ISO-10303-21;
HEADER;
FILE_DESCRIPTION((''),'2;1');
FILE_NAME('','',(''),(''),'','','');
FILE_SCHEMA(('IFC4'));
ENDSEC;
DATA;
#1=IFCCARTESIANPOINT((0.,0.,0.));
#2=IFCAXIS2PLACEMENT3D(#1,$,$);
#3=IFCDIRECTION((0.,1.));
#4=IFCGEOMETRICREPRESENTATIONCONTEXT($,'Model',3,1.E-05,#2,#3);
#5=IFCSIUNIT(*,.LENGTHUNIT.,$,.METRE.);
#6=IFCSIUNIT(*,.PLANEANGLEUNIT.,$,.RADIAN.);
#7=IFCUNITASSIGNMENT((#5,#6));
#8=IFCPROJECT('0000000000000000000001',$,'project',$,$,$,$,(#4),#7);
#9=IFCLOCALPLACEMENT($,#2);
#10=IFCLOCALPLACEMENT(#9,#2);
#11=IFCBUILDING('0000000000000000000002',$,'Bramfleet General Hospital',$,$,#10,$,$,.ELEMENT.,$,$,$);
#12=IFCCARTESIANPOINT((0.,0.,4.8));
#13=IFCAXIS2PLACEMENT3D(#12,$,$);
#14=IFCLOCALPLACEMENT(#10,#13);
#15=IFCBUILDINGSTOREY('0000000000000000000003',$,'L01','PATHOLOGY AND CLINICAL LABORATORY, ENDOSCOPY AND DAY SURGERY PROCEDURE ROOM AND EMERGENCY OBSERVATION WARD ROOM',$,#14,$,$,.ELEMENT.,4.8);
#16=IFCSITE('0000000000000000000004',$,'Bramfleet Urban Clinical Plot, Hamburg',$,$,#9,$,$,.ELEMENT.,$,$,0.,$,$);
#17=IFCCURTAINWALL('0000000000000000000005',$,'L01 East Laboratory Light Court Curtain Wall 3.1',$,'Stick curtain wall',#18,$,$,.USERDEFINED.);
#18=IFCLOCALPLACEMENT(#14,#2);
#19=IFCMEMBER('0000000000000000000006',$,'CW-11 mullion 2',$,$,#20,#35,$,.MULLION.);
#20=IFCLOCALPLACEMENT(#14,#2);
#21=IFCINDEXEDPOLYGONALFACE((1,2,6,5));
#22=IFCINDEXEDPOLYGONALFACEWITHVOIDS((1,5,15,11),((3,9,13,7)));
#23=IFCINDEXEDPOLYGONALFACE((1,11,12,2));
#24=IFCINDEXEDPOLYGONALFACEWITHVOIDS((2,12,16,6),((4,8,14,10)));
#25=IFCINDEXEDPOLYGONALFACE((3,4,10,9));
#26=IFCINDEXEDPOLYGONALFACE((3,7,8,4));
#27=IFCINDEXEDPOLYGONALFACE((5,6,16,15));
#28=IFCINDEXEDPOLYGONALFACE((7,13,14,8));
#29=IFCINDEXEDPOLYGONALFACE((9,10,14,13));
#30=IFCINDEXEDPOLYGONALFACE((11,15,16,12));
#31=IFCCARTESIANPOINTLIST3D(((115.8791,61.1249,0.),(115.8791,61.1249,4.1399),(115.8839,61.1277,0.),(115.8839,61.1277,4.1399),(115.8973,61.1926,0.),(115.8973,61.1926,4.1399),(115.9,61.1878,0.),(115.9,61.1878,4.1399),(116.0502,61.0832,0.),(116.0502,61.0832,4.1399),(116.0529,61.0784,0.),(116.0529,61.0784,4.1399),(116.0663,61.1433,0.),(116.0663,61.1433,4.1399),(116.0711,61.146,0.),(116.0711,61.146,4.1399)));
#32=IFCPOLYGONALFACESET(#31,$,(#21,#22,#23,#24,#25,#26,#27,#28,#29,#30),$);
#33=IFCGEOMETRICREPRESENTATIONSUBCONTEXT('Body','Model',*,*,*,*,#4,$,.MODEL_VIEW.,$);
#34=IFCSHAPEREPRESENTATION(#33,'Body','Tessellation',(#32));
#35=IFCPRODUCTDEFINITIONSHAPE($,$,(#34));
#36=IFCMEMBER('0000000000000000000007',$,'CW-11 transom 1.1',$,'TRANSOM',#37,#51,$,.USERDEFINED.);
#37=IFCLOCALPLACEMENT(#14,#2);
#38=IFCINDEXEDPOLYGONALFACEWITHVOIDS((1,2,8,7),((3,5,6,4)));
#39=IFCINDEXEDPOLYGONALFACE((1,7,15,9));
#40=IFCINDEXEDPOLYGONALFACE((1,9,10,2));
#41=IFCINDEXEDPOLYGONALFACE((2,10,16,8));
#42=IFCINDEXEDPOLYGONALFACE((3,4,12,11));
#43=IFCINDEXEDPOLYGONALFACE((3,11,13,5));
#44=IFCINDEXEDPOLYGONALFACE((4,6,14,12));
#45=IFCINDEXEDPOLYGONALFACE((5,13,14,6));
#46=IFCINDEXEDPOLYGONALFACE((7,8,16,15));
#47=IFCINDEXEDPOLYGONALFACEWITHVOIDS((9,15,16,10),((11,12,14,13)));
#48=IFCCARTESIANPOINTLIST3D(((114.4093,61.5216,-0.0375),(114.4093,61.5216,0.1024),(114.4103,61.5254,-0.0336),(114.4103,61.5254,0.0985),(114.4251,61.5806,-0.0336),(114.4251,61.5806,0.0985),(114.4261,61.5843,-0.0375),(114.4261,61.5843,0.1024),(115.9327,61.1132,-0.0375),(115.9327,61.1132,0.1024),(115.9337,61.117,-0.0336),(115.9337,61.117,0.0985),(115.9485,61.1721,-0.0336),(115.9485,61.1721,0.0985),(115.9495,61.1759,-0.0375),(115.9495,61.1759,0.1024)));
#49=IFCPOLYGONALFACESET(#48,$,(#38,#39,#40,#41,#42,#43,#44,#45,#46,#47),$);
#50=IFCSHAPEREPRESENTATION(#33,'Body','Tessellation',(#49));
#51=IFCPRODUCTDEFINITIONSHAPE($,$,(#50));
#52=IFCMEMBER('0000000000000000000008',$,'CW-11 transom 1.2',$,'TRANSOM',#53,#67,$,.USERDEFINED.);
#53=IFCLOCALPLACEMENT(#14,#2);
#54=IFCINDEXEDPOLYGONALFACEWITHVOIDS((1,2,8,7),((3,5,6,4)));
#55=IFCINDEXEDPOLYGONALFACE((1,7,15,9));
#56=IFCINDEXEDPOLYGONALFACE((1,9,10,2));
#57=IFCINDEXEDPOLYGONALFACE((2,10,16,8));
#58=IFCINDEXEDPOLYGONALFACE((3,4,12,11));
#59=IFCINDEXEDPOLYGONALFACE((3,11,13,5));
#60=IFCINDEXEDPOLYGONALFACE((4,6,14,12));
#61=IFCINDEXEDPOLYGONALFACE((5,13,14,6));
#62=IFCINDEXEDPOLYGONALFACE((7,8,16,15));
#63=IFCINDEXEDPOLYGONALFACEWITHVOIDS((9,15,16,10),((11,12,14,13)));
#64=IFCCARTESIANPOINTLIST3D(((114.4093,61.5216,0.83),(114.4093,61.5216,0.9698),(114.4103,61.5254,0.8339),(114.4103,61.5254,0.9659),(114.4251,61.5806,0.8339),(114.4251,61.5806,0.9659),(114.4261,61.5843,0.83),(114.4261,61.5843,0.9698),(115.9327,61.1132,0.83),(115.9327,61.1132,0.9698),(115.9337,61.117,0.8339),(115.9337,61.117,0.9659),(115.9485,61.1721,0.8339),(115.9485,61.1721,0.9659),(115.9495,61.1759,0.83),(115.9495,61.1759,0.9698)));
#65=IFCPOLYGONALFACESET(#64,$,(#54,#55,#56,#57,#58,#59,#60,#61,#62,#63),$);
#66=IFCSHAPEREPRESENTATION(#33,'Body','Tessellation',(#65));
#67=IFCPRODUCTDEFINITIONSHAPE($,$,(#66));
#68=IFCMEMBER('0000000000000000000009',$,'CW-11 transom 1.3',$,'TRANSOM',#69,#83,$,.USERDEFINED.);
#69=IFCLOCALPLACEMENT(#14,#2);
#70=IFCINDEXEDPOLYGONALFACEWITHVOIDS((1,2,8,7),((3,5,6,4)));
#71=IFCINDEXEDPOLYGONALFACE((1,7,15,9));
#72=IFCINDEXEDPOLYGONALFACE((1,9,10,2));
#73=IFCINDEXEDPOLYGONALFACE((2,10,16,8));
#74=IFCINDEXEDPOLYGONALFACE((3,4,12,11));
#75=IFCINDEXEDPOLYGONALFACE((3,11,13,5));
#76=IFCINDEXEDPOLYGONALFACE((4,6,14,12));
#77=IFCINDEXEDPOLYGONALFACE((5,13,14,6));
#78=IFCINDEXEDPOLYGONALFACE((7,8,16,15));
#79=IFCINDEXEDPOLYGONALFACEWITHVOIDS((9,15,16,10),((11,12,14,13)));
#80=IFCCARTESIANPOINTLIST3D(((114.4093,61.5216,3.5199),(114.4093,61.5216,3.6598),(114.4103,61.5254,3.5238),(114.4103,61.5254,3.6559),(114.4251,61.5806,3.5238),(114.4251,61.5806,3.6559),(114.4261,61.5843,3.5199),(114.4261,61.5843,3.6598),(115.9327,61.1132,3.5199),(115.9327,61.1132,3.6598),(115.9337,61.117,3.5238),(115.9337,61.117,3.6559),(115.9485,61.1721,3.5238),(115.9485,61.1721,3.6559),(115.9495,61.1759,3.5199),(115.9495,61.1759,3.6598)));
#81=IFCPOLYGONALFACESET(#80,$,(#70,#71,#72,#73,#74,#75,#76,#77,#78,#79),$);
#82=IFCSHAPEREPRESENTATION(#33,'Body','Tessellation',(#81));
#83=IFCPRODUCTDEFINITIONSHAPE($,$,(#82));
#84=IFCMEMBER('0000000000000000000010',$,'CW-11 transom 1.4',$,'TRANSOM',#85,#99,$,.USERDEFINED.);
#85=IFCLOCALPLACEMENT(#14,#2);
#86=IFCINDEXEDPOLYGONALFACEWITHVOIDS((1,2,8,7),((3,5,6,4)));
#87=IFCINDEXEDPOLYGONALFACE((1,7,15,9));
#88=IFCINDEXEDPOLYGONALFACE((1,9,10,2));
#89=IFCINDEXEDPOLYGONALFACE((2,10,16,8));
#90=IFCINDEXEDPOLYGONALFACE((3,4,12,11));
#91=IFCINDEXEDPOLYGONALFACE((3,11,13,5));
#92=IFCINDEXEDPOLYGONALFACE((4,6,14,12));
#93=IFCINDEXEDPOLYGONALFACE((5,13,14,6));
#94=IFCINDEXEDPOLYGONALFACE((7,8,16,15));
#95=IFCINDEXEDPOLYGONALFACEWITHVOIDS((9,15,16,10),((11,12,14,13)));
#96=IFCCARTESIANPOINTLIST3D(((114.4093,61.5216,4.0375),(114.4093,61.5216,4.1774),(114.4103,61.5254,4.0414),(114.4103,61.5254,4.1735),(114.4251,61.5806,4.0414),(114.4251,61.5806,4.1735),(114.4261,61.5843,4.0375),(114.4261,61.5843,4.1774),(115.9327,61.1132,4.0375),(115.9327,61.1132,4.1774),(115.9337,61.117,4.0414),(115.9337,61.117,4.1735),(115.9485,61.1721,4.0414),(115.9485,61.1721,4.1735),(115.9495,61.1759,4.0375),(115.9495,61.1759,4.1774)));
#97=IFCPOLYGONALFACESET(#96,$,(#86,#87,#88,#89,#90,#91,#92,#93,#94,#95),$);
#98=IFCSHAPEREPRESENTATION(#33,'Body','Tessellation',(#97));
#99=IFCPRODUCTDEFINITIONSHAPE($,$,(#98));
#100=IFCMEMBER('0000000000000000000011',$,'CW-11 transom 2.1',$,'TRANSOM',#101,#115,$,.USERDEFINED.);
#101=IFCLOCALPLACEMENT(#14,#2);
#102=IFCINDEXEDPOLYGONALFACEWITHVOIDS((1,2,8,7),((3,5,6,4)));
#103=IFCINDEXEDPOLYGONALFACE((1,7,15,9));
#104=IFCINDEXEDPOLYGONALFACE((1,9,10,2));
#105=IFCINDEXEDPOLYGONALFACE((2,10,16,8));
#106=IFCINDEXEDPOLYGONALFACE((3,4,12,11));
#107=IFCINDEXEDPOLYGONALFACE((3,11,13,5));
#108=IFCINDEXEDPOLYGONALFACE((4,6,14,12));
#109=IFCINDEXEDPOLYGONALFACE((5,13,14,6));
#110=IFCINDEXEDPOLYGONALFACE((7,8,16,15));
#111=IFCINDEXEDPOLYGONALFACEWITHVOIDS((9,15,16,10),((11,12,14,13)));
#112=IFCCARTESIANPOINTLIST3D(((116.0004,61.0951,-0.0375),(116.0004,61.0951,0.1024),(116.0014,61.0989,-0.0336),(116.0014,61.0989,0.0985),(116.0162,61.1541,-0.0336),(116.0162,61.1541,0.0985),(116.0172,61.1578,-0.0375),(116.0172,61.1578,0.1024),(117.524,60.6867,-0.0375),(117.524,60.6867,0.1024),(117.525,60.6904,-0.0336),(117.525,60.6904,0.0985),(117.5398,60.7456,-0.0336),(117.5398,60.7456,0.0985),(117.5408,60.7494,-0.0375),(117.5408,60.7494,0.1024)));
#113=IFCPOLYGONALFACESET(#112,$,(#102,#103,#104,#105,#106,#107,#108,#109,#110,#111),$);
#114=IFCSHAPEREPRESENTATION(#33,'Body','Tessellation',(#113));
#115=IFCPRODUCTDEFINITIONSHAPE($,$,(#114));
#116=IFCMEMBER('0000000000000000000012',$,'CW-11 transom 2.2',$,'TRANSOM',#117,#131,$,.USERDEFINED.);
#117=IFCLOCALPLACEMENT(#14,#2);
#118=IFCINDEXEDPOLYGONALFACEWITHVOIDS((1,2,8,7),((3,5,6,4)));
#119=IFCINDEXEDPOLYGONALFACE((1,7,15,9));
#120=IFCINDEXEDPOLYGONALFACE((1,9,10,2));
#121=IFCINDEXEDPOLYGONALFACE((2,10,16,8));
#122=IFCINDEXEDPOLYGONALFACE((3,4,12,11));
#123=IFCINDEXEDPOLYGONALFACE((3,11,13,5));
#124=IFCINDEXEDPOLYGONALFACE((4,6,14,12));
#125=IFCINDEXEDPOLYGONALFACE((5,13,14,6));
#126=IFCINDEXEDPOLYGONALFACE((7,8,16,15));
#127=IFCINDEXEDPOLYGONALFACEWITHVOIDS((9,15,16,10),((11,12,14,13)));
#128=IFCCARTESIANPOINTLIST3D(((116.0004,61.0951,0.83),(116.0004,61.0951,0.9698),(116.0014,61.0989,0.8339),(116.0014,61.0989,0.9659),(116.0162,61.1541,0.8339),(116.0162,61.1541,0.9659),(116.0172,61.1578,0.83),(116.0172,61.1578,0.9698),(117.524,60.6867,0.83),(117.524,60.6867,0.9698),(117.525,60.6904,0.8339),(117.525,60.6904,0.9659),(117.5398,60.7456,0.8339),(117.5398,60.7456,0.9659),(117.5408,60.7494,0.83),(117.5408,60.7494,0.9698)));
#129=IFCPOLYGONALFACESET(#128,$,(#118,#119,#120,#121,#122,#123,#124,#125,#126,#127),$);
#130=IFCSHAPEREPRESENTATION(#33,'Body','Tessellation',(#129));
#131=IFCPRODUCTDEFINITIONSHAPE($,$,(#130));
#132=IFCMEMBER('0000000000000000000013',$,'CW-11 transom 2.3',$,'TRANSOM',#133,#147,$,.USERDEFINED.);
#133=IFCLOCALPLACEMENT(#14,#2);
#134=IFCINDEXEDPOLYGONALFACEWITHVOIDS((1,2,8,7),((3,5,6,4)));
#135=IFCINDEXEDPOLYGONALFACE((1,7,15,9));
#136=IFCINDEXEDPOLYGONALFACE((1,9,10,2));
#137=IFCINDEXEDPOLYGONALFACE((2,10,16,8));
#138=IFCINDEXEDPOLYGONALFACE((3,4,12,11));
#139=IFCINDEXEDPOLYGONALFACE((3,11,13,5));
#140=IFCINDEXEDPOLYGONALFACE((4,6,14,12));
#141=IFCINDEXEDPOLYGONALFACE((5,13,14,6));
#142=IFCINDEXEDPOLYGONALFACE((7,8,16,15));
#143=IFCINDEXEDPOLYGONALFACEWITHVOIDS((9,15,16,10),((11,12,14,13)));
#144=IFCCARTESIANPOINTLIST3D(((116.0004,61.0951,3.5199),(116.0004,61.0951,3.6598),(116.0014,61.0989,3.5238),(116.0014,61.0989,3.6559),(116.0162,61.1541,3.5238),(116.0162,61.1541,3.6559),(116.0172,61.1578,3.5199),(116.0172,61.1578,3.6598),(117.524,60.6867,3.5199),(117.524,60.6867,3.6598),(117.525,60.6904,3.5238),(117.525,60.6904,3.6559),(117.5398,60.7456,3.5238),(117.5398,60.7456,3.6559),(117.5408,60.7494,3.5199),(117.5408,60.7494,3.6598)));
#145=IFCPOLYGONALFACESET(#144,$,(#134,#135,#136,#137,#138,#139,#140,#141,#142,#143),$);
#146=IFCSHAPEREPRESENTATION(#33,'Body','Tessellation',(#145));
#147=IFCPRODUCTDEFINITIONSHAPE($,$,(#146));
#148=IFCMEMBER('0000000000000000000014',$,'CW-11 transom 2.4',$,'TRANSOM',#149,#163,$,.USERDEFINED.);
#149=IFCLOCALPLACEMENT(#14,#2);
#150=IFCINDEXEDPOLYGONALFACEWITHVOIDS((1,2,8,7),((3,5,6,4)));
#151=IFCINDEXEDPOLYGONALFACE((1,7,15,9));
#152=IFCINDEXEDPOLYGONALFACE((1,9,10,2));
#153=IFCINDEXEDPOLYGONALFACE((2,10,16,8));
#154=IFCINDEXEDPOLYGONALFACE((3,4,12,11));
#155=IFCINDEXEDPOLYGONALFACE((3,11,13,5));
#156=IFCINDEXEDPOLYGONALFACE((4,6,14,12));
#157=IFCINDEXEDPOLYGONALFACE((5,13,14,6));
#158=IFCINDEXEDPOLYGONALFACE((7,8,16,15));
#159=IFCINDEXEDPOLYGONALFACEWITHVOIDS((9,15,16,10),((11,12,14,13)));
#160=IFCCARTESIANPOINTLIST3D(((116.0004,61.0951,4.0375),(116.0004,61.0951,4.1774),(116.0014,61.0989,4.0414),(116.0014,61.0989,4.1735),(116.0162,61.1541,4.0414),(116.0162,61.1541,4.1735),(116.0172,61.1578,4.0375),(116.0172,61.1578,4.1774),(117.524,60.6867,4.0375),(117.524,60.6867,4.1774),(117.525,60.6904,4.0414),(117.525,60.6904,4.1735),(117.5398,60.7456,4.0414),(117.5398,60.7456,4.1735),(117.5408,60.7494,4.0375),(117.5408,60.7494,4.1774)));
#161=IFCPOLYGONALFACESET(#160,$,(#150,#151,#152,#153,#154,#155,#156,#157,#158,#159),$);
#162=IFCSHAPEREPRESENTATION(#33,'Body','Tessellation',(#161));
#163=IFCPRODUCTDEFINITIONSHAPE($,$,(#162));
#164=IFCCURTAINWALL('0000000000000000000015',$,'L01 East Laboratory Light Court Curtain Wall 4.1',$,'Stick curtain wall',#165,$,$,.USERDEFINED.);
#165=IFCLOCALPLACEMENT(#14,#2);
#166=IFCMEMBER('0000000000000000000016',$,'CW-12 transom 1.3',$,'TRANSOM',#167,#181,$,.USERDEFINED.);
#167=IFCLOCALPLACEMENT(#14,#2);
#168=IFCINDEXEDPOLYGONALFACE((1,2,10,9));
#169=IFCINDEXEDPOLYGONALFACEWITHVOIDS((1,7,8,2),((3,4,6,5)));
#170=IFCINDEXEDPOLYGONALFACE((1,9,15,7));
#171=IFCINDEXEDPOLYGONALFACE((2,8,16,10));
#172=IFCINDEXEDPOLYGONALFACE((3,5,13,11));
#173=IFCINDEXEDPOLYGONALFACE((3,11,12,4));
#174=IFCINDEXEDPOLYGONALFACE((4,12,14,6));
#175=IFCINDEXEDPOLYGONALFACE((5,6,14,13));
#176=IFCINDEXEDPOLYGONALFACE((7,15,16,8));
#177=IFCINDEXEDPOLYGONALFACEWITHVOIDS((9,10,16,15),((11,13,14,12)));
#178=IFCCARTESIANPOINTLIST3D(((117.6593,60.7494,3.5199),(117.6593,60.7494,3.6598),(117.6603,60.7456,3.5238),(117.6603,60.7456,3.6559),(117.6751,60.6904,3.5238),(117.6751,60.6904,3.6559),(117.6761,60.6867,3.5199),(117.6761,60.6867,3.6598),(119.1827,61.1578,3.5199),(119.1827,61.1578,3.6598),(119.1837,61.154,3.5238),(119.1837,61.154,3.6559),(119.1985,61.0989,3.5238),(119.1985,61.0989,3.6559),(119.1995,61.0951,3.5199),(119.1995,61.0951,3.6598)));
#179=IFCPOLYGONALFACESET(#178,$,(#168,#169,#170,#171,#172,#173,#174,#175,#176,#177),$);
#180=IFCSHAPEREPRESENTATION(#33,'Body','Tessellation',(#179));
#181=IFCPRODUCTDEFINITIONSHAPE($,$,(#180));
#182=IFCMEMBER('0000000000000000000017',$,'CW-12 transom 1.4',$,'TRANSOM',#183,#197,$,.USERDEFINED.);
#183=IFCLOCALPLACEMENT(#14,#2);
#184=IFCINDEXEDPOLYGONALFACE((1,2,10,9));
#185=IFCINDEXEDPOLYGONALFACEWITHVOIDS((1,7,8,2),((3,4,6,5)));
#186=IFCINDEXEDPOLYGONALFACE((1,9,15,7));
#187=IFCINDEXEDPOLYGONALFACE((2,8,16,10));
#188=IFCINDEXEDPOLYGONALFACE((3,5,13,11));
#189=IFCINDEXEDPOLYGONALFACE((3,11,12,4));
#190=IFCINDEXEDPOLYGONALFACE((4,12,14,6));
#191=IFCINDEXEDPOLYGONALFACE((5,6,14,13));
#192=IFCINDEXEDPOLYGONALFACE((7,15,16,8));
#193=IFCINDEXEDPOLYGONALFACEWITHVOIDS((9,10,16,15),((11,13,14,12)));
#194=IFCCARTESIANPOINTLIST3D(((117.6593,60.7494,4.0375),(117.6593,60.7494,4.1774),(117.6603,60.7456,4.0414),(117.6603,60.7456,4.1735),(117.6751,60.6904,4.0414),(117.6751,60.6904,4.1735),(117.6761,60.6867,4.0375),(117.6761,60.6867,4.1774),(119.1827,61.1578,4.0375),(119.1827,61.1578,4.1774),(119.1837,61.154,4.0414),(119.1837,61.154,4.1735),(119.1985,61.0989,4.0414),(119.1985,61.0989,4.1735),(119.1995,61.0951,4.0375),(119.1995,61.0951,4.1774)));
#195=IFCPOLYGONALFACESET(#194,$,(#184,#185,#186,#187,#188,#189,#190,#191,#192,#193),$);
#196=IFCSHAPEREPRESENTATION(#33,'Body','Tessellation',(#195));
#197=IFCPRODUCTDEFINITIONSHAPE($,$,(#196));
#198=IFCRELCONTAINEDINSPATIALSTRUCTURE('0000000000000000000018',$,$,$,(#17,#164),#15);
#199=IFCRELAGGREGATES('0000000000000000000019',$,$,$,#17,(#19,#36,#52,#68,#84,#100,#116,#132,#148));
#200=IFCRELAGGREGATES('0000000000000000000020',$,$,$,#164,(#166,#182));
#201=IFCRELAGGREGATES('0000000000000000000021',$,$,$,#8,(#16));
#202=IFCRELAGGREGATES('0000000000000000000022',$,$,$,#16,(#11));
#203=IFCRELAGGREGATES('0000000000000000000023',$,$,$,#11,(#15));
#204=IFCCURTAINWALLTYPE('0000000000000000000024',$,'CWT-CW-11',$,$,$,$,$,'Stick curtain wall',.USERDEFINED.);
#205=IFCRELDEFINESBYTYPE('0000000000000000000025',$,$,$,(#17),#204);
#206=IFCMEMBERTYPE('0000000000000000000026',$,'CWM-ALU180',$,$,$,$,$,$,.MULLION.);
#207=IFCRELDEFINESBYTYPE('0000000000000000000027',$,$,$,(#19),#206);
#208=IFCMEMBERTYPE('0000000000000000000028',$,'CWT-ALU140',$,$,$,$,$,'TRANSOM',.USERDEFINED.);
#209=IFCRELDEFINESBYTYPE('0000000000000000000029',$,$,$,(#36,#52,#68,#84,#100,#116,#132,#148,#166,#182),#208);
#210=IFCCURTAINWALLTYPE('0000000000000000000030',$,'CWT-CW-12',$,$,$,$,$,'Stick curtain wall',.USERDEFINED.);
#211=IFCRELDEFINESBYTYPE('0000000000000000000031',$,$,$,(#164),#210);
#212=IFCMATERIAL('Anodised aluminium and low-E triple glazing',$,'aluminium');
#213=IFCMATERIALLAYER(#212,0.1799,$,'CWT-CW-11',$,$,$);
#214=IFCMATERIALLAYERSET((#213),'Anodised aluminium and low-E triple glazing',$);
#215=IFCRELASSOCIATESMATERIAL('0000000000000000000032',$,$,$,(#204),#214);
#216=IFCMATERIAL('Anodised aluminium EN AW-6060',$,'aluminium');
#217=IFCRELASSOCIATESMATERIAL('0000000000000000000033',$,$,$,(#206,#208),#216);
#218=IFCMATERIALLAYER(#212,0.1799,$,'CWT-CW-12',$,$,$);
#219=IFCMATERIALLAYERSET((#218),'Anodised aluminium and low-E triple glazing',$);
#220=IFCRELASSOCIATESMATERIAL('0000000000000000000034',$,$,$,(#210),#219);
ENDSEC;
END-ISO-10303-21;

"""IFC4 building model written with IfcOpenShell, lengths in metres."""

from ifc_helpers import new_model, si_unit, direction, frame, origin, origin_2d, place, context, subcontext, project, spatial, hollow_rectangle, extrude, material, layer, layer_set, material_profile, profile_set, type_object, element, aggregate, save


model = new_model("IFC4")

# Units and contexts
model_context = context("Model", 3, precision=1e-05, world=origin(), true_north=direction((0.0, 1.0)))
body_context = subcontext(model_context, "Body", "Model", "MODEL_VIEW")
ifc_project = project(units=[si_unit("LENGTHUNIT", "METRE"), si_unit("PLANEANGLEUNIT", "RADIAN")], contexts=[model_context])

# Site, building, storey
site_placement = place(None, origin())
site = spatial("IfcSite", under=ifc_project, at=site_placement, Name="Bramfleet Urban Clinical Plot, Hamburg", CompositionType="ELEMENT", RefElevation=0.0)
building_placement = place(site_placement, origin())
building = spatial("IfcBuilding", under=site, at=building_placement, Name="Bramfleet General Hospital", CompositionType="ELEMENT")
storey_placement = place(building_placement, frame((0.0, 0.0, 4.8)))
storey = spatial("IfcBuildingStorey", under=building, at=storey_placement, Name="L01", Description="PATHOLOGY AND CLINICAL LABORATORY, ENDOSCOPY AND DAY SURGERY PROCEDURE ROOM AND EMERGENCY OBSERVATION WARD ROOM", CompositionType="ELEMENT", Elevation=4.8)

# Curtain walls, members
ifc_material_1 = material(Name="Anodised aluminium and low-E triple glazing", Category="aluminium")
ifc_layer_1 = layer(ifc_material_1, 0.1799, Name="CWT-CW-11")
ifc_layer_set_1 = layer_set([ifc_layer_1], Name="Anodised aluminium and low-E triple glazing")
curtain_wall_type_1 = type_object("IfcCurtainWallType", Name="CWT-CW-11", ElementType="Stick curtain wall", PredefinedType="USERDEFINED", material=ifc_layer_set_1)
curtain_wall_1_placement = place(storey_placement, origin())
curtain_wall_1 = element("IfcCurtainWall", 1, at=curtain_wall_1_placement, inside=storey, type_object=curtain_wall_type_1, Name="L01 East Laboratory Light Court Curtain Wall 3.1", ObjectType="Stick curtain wall", PredefinedType="USERDEFINED")
ifc_material_2 = material(Name="Anodised aluminium EN AW-6060", Category="aluminium")
ifc_material_profile_1 = material_profile(ifc_material_2, hollow_rectangle(XDim=0.0701, YDim=0.1799, WallThickness=0.0039, at=origin_2d()), Name="ALU 180x70x4.0")
ifc_profile_set_1 = profile_set([ifc_material_profile_1], Name="Anodised aluminium EN AW-6060")
member_type_1 = type_object("IfcMemberType", Name="CWM-ALU180", PredefinedType="MULLION", material=ifc_profile_set_1)
member_1_placement = place(storey_placement, frame((115.9751, 61.1355, 0.0), z_axis=(0.0, 0.0, 1.0), x_axis=(0.258865, 0.965914, 0.0)))
member_1 = element("IfcMember", 2, at=member_1_placement, type_object=member_type_1, Name="CW-11 mullion 2", PredefinedType="MULLION", context=body_context, shape_type="SweptSolid", body=[
    extrude(hollow_rectangle(XDim=0.0701, YDim=0.1799, WallThickness=0.0039, at=origin_2d()), origin(), (0.0, 0.0, 1.0), 4.1399),
])
ifc_material_profile_2 = material_profile(ifc_material_2, hollow_rectangle(XDim=0.0649, YDim=0.1399, WallThickness=0.0039, at=origin_2d()), Name="ALU 140x65x4.0")
ifc_profile_set_2 = profile_set([ifc_material_profile_2], Name="Anodised aluminium EN AW-6060")
member_type_2 = type_object("IfcMemberType", Name="CWT-ALU140", ElementType="TRANSOM", PredefinedType="USERDEFINED", material=ifc_profile_set_2)
member_2_placement = place(storey_placement, frame((114.4177, 61.553, 0.0325), z_axis=(0.965887, -0.258963, 0.0), x_axis=(0.258963, 0.965887, 0.0)))
member_2 = element("IfcMember", 3, at=member_2_placement, type_object=member_type_2, Name="CW-11 transom 1.1", ObjectType="TRANSOM", PredefinedType="USERDEFINED", context=body_context, shape_type="SweptSolid", body=[
    extrude(hollow_rectangle(XDim=0.0649, YDim=0.1399, WallThickness=0.0039, at=origin_2d()), origin(), (0.0, 0.0, 1.0), 1.5771),
])
member_3_placement = place(storey_placement, frame((114.4177, 61.553, 0.8999), z_axis=(0.965887, -0.258963, 0.0), x_axis=(0.258963, 0.965887, 0.0)))
member_3 = element("IfcMember", 4, at=member_3_placement, type_object=member_type_2, Name="CW-11 transom 1.2", ObjectType="TRANSOM", PredefinedType="USERDEFINED", context=body_context, shape_type="SweptSolid", body=[
    extrude(hollow_rectangle(XDim=0.0649, YDim=0.1399, WallThickness=0.0039, at=origin_2d()), origin(), (0.0, 0.0, 1.0), 1.5771),
])
member_4_placement = place(storey_placement, frame((114.4177, 61.553, 3.5898), z_axis=(0.965887, -0.258963, 0.0), x_axis=(0.258963, 0.965887, 0.0)))
member_4 = element("IfcMember", 5, at=member_4_placement, type_object=member_type_2, Name="CW-11 transom 1.3", ObjectType="TRANSOM", PredefinedType="USERDEFINED", context=body_context, shape_type="SweptSolid", body=[
    extrude(hollow_rectangle(XDim=0.0649, YDim=0.1399, WallThickness=0.0039, at=origin_2d()), origin(), (0.0, 0.0, 1.0), 1.5771),
])
member_5_placement = place(storey_placement, frame((114.4177, 61.553, 4.1074), z_axis=(0.965887, -0.258963, 0.0), x_axis=(0.258963, 0.965887, 0.0)))
member_5 = element("IfcMember", 6, at=member_5_placement, type_object=member_type_2, Name="CW-11 transom 1.4", ObjectType="TRANSOM", PredefinedType="USERDEFINED", context=body_context, shape_type="SweptSolid", body=[
    extrude(hollow_rectangle(XDim=0.0649, YDim=0.1399, WallThickness=0.0039, at=origin_2d()), origin(), (0.0, 0.0, 1.0), 1.5771),
])
member_6_placement = place(storey_placement, frame((116.0088, 61.1265, 0.0325), z_axis=(0.965898, -0.258924, 0.0), x_axis=(0.258924, 0.965898, 0.0)))
member_6 = element("IfcMember", 7, at=member_6_placement, type_object=member_type_2, Name="CW-11 transom 2.1", ObjectType="TRANSOM", PredefinedType="USERDEFINED", context=body_context, shape_type="SweptSolid", body=[
    extrude(hollow_rectangle(XDim=0.0649, YDim=0.1399, WallThickness=0.0039, at=origin_2d()), origin(), (0.0, 0.0, 1.0), 1.5774),
])
member_7_placement = place(storey_placement, frame((116.0088, 61.1265, 0.8999), z_axis=(0.965898, -0.258924, 0.0), x_axis=(0.258924, 0.965898, 0.0)))
member_7 = element("IfcMember", 8, at=member_7_placement, type_object=member_type_2, Name="CW-11 transom 2.2", ObjectType="TRANSOM", PredefinedType="USERDEFINED", context=body_context, shape_type="SweptSolid", body=[
    extrude(hollow_rectangle(XDim=0.0649, YDim=0.1399, WallThickness=0.0039, at=origin_2d()), origin(), (0.0, 0.0, 1.0), 1.5774),
])
member_8_placement = place(storey_placement, frame((116.0088, 61.1265, 3.5898), z_axis=(0.965898, -0.258924, 0.0), x_axis=(0.258924, 0.965898, 0.0)))
member_8 = element("IfcMember", 9, at=member_8_placement, type_object=member_type_2, Name="CW-11 transom 2.3", ObjectType="TRANSOM", PredefinedType="USERDEFINED", context=body_context, shape_type="SweptSolid", body=[
    extrude(hollow_rectangle(XDim=0.0649, YDim=0.1399, WallThickness=0.0039, at=origin_2d()), origin(), (0.0, 0.0, 1.0), 1.5774),
])
member_9_placement = place(storey_placement, frame((116.0088, 61.1265, 4.1074), z_axis=(0.965898, -0.258924, 0.0), x_axis=(0.258924, 0.965898, 0.0)))
member_9 = element("IfcMember", 10, at=member_9_placement, type_object=member_type_2, Name="CW-11 transom 2.4", ObjectType="TRANSOM", PredefinedType="USERDEFINED", context=body_context, shape_type="SweptSolid", body=[
    extrude(hollow_rectangle(XDim=0.0649, YDim=0.1399, WallThickness=0.0039, at=origin_2d()), origin(), (0.0, 0.0, 1.0), 1.5774),
])
ifc_layer_2 = layer(ifc_material_1, 0.1799, Name="CWT-CW-12")
ifc_layer_set_2 = layer_set([ifc_layer_2], Name="Anodised aluminium and low-E triple glazing")
curtain_wall_type_2 = type_object("IfcCurtainWallType", Name="CWT-CW-12", ElementType="Stick curtain wall", PredefinedType="USERDEFINED", material=ifc_layer_set_2)
curtain_wall_2_placement = place(storey_placement, origin())
curtain_wall_2 = element("IfcCurtainWall", 11, at=curtain_wall_2_placement, inside=storey, type_object=curtain_wall_type_2, Name="L01 East Laboratory Light Court Curtain Wall 4.1", ObjectType="Stick curtain wall", PredefinedType="USERDEFINED")
member_10_placement = place(storey_placement, frame((117.6677, 60.718, 3.5898), z_axis=(0.965887, 0.258963, 0.0), x_axis=(-0.258963, 0.965887, 0.0)))
member_10 = element("IfcMember", 12, at=member_10_placement, type_object=member_type_2, Name="CW-12 transom 1.3", ObjectType="TRANSOM", PredefinedType="USERDEFINED", context=body_context, shape_type="SweptSolid", body=[
    extrude(hollow_rectangle(XDim=0.0649, YDim=0.1399, WallThickness=0.0039, at=origin_2d()), origin(), (0.0, 0.0, 1.0), 1.5771),
])
member_11_placement = place(storey_placement, frame((117.6677, 60.718, 4.1074), z_axis=(0.965887, 0.258963, 0.0), x_axis=(-0.258963, 0.965887, 0.0)))
member_11 = element("IfcMember", 13, at=member_11_placement, type_object=member_type_2, Name="CW-12 transom 1.4", ObjectType="TRANSOM", PredefinedType="USERDEFINED", context=body_context, shape_type="SweptSolid", body=[
    extrude(hollow_rectangle(XDim=0.0649, YDim=0.1399, WallThickness=0.0039, at=origin_2d()), origin(), (0.0, 0.0, 1.0), 1.5771),
])

aggregate(curtain_wall_1, [member_1, member_2, member_3, member_4, member_5, member_6, member_7, member_8, member_9])
aggregate(curtain_wall_2, [member_10, member_11])

save(model, "model.ifc")
